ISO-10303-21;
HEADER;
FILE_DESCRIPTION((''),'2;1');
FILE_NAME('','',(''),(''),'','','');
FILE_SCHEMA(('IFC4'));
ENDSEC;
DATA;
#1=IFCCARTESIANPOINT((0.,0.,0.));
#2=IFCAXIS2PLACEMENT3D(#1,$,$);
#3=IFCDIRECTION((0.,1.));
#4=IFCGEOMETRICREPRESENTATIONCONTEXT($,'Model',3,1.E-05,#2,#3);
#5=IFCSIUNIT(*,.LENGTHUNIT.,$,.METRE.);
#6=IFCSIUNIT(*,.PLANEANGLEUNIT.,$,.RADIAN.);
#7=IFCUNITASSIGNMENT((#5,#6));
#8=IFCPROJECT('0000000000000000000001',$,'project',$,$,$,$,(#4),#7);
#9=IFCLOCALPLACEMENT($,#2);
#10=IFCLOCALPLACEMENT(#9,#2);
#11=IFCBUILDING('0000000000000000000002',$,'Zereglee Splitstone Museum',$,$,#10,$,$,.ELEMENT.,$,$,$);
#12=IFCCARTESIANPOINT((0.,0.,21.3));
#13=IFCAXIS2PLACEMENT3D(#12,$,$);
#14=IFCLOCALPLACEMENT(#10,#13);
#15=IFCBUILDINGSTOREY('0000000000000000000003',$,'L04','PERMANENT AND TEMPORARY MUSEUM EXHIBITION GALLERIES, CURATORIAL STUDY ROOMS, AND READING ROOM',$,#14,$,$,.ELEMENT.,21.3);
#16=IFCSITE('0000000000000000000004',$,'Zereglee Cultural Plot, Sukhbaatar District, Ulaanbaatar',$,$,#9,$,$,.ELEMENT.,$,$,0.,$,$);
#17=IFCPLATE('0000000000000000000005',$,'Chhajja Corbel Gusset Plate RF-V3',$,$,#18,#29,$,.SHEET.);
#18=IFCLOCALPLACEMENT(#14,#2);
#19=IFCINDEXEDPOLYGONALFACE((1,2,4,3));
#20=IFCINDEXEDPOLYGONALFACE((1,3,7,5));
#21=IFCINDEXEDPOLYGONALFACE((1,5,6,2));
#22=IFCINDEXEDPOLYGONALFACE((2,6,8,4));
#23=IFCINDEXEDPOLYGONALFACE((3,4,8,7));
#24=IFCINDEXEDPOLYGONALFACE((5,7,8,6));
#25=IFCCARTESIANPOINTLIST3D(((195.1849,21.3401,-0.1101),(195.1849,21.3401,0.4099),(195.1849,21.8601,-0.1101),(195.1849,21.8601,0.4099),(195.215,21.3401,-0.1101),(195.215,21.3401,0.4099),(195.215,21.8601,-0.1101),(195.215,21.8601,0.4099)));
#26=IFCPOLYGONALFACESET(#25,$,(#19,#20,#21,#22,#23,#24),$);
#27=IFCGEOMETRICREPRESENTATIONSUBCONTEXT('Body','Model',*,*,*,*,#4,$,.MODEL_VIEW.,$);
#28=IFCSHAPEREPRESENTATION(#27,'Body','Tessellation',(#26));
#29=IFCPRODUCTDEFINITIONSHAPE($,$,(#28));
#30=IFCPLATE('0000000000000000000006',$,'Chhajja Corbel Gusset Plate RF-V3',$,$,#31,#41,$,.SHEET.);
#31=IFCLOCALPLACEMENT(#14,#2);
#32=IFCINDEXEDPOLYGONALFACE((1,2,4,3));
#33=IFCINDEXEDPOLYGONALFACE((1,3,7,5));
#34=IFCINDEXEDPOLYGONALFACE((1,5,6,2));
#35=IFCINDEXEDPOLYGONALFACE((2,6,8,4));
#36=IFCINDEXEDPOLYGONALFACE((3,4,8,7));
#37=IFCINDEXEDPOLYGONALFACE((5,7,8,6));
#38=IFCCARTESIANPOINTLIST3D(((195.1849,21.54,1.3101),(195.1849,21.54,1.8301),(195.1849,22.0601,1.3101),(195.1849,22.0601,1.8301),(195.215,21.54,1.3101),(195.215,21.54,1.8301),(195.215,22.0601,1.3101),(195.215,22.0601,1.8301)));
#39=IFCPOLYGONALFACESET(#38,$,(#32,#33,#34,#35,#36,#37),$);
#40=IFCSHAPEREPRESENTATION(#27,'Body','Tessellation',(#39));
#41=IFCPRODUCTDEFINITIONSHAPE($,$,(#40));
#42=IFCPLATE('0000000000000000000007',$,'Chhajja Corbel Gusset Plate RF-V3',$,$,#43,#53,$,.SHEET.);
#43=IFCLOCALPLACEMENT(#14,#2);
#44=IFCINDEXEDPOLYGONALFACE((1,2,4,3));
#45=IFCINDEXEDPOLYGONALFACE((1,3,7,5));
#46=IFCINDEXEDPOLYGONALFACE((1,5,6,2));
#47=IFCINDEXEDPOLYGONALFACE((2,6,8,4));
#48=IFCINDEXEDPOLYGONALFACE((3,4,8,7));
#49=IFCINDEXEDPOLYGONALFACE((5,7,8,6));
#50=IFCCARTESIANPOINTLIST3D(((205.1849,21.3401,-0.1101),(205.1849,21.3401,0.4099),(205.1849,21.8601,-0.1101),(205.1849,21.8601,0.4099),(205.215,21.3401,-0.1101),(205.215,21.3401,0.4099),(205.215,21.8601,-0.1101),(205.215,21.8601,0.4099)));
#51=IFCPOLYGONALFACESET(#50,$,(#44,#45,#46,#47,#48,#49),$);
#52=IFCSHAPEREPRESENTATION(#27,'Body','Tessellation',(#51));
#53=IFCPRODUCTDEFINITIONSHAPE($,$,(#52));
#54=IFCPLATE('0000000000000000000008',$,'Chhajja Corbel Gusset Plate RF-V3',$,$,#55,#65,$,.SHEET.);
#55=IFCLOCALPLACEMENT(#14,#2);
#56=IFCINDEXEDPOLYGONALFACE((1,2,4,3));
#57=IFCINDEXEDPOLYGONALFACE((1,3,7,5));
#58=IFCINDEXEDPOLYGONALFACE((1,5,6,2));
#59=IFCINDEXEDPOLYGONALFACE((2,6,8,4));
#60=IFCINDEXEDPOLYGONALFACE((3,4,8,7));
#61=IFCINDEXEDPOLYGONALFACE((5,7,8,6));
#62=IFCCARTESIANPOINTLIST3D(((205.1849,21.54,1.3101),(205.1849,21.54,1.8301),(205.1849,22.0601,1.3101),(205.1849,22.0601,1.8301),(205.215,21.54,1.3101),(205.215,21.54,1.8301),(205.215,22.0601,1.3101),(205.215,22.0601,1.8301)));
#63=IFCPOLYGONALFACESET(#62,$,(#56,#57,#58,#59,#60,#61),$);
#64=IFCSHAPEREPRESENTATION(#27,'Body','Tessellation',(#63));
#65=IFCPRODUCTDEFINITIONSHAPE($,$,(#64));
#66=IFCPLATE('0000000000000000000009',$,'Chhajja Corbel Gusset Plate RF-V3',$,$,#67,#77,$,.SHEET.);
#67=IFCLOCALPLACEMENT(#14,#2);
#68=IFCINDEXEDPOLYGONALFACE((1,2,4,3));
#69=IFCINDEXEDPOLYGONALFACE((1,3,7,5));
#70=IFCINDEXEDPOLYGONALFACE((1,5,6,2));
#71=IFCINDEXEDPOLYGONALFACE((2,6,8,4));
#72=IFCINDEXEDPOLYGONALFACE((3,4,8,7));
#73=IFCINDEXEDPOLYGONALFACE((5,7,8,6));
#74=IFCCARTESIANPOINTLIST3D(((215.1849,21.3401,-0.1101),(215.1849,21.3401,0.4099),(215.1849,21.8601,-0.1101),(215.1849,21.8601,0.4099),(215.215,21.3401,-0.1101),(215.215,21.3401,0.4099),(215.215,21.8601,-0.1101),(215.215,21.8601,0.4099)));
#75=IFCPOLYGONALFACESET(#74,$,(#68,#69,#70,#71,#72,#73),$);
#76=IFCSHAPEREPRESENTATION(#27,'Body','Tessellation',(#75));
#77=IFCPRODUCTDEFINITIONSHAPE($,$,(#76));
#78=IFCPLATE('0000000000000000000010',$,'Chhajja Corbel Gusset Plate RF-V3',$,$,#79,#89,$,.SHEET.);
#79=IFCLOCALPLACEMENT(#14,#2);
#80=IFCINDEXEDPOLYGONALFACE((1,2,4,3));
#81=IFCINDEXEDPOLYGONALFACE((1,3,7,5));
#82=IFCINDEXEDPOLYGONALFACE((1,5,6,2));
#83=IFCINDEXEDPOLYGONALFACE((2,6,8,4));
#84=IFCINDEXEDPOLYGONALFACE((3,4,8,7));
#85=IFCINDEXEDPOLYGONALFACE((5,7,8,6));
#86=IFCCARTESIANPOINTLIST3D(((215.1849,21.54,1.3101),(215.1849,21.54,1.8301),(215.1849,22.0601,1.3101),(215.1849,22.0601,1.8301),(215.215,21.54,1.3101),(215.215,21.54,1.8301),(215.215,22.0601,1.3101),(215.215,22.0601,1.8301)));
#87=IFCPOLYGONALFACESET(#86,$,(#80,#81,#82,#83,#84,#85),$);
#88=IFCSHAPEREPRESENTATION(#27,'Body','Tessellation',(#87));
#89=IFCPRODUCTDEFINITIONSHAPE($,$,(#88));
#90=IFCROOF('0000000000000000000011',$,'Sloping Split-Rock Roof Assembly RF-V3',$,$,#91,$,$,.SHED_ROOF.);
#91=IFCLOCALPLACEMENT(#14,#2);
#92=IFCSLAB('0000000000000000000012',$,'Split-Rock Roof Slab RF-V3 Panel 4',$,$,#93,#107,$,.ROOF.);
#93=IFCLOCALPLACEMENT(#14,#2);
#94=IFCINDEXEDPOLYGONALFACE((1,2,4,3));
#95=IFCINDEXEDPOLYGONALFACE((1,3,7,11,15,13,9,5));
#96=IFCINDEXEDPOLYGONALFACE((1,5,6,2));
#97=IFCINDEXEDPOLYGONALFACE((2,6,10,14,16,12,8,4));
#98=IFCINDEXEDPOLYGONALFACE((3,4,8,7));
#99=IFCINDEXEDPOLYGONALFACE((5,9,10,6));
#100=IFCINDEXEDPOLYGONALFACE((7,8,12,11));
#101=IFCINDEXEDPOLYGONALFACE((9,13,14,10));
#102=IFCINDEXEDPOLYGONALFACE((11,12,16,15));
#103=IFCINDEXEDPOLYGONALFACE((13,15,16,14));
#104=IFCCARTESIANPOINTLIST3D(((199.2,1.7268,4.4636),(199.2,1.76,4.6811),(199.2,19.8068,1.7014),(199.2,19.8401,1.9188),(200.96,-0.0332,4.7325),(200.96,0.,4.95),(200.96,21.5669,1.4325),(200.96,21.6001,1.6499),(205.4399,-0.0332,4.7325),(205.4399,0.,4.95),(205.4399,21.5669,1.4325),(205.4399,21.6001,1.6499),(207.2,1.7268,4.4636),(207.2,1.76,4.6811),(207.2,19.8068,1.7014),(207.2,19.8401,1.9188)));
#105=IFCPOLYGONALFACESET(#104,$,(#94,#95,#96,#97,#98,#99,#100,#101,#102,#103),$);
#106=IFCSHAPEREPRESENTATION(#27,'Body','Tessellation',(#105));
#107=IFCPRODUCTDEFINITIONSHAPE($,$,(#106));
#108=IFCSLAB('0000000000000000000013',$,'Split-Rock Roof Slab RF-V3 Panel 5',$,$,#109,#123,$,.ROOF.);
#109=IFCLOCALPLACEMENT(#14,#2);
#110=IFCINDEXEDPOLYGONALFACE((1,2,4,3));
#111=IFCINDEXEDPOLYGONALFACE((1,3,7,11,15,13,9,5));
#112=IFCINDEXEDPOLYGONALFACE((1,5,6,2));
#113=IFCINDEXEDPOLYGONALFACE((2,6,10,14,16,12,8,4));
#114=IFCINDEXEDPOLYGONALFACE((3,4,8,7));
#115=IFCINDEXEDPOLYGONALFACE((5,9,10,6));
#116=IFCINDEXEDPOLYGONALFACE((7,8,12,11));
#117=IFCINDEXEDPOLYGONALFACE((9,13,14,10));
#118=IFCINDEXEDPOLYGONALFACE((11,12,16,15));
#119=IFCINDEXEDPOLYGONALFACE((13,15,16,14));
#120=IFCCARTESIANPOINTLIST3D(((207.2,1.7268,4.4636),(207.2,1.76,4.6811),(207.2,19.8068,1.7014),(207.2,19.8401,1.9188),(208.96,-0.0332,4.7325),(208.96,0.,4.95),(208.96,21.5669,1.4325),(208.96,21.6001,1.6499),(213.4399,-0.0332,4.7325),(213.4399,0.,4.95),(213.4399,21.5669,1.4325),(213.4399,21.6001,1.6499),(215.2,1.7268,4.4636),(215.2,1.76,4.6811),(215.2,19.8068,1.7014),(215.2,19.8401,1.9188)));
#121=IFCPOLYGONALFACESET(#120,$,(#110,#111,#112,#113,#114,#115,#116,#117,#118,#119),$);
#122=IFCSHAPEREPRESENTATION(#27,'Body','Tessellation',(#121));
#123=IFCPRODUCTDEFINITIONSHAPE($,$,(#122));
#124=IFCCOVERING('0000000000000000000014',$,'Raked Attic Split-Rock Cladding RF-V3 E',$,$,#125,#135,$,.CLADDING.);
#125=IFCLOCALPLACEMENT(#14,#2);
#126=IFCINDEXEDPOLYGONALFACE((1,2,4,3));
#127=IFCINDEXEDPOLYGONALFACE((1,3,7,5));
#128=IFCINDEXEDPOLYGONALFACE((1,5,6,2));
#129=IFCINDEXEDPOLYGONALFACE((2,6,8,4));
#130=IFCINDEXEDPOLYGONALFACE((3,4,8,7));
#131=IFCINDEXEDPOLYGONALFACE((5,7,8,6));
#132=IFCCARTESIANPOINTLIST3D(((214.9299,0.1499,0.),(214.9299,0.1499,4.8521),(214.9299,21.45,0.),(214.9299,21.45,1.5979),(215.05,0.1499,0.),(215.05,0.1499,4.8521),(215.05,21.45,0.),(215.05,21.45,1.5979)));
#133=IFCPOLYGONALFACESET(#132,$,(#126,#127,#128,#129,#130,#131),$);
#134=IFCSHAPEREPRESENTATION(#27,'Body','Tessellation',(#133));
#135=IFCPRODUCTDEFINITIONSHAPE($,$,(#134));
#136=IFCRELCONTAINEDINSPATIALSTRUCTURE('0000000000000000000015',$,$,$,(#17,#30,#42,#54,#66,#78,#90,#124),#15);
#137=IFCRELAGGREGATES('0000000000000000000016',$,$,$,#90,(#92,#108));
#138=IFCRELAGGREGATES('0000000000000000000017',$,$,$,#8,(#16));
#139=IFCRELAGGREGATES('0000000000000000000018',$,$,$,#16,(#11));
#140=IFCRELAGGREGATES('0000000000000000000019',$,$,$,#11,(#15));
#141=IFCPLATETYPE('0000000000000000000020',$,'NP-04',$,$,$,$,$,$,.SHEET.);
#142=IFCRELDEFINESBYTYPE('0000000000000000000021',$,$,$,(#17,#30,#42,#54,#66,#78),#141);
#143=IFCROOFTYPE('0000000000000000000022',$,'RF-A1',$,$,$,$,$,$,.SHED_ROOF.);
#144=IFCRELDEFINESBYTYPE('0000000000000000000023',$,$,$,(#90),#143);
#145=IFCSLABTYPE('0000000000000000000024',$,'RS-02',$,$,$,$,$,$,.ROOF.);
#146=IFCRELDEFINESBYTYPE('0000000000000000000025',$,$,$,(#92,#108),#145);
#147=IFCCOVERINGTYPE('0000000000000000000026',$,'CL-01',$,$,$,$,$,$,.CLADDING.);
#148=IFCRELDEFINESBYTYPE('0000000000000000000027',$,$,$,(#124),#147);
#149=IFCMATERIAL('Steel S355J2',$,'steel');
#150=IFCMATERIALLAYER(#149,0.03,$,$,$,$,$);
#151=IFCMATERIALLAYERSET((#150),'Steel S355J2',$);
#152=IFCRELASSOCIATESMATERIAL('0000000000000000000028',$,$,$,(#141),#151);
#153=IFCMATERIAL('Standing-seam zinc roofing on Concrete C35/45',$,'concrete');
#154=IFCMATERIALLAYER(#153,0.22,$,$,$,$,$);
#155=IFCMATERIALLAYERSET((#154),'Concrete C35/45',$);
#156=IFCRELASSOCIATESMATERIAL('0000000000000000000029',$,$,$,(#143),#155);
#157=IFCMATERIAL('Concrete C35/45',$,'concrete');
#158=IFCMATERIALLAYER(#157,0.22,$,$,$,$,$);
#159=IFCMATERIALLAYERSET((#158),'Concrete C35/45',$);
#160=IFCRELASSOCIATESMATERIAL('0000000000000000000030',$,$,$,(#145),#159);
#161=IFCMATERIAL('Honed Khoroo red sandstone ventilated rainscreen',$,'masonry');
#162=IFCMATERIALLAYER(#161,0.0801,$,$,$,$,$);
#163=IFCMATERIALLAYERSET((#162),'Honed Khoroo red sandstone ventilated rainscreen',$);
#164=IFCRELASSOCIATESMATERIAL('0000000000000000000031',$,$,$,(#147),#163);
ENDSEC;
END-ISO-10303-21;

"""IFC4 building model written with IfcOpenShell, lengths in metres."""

from ifc_helpers import new_model, si_unit, direction, frame, origin, origin_2d, place, context, subcontext, project, spatial, polyline, rectangle, outline, extrude, material, layer, layer_set, type_object, element, aggregate, save


model = new_model("IFC4")

# Units and contexts
model_context = context("Model", 3, precision=1e-05, world=origin(), true_north=direction((0.0, 1.0)))
body_context = subcontext(model_context, "Body", "Model", "MODEL_VIEW")
ifc_project = project(units=[si_unit("LENGTHUNIT", "METRE"), si_unit("PLANEANGLEUNIT", "RADIAN")], contexts=[model_context])

# Site, building, storey
site_placement = place(None, origin())
site = spatial("IfcSite", under=ifc_project, at=site_placement, Name="Zereglee Cultural Plot, Sukhbaatar District, Ulaanbaatar", CompositionType="ELEMENT", RefElevation=0.0)
building_placement = place(site_placement, origin())
building = spatial("IfcBuilding", under=site, at=building_placement, Name="Zereglee Splitstone Museum", CompositionType="ELEMENT")
storey_placement = place(building_placement, frame((0.0, 0.0, 21.3)))
storey = spatial("IfcBuildingStorey", under=building, at=storey_placement, Name="L04", Description="PERMANENT AND TEMPORARY MUSEUM EXHIBITION GALLERIES, CURATORIAL STUDY ROOMS, AND READING ROOM", CompositionType="ELEMENT", Elevation=21.3)

# Shared definitions
ifc_material_1 = material(Name="Steel S355J2", Category="steel")

# Plates
ifc_layer_1 = layer(ifc_material_1, 0.03)
ifc_layer_set_1 = layer_set([ifc_layer_1], Name="Steel S355J2")
plate_type = type_object("IfcPlateType", Name="NP-04", PredefinedType="SHEET", material=ifc_layer_set_1)
for number, where, z_axis, x_axis, name in (
    (1, (195.2, 21.6001, -0.1101), (0.0, 0.0, 1.0), (1.0, 0.0, 0.0), "Chhajja Corbel Gusset Plate RF-V3"),
    (2, (195.2, 21.8, 1.3101), (0.0, 0.0, 1.0), (1.0, 0.0, 0.0), "Chhajja Corbel Gusset Plate RF-V3"),
    (3, (205.2, 21.6001, -0.1101), (0.0, 0.0, 1.0), (1.0, 0.0, 0.0), "Chhajja Corbel Gusset Plate RF-V3"),
    (4, (205.2, 21.8, 1.3101), (0.0, 0.0, 1.0), (1.0, 0.0, 0.0), "Chhajja Corbel Gusset Plate RF-V3"),
    (5, (215.2, 21.6001, -0.1101), (0.0, 0.0, 1.0), (1.0, 0.0, 0.0), "Chhajja Corbel Gusset Plate RF-V3"),
    (6, (215.2, 21.8, 1.3101), (0.0, 0.0, 1.0), (1.0, 0.0, 0.0), "Chhajja Corbel Gusset Plate RF-V3"),
):
    element("IfcPlate", number, at=place(storey_placement, frame(where, z_axis=z_axis, x_axis=x_axis)), inside=storey, type_object=plate_type, Name=name, PredefinedType="SHEET", context=body_context, shape_type="SweptSolid", body=[
        extrude(rectangle(XDim=0.03, YDim=0.52, at=origin_2d()), origin(), (0.0, 0.0, 1.0), 0.52),
    ])

# Roof, slabs
ifc_material_2 = material(Name="Standing-seam zinc roofing on Concrete C35/45", Category="concrete")
ifc_layer_2 = layer(ifc_material_2, 0.22)
ifc_layer_set_2 = layer_set([ifc_layer_2], Name="Concrete C35/45")
roof_type = type_object("IfcRoofType", Name="RF-A1", PredefinedType="SHED_ROOF", material=ifc_layer_set_2)
roof_placement = place(storey_placement, origin())
roof = element("IfcRoof", 7, at=roof_placement, inside=storey, type_object=roof_type, Name="Sloping Split-Rock Roof Assembly RF-V3", PredefinedType="SHED_ROOF")
ifc_material_3 = material(Name="Concrete C35/45", Category="concrete")
ifc_layer_3 = layer(ifc_material_3, 0.22)
ifc_layer_set_3 = layer_set([ifc_layer_3], Name="Concrete C35/45")
slab_type = type_object("IfcSlabType", Name="RS-02", PredefinedType="ROOF", material=ifc_layer_set_3)
slab_1_placement = place(storey_placement, frame((200.96, 0.0, 4.95), z_axis=(0.0, 0.151026, 0.98853), x_axis=(1.0, 0.0, 0.0)))
slab_1 = element("IfcSlab", 8, at=slab_1_placement, type_object=slab_type, Name="Split-Rock Roof Slab RF-V3 Panel 4", PredefinedType="ROOF", context=body_context, shape_type="SweptSolid", body=[
    extrude(outline(polyline([(0.0, 0.0), (4.48, 0.0), (6.24, 1.7804), (6.24, 20.0703), (4.48, 21.8507), (0.0, 21.8507), (-1.76, 20.0703), (-1.76, 1.7804), (0.0, 0.0)])), origin(), (0.0, 0.0, -1.0), 0.22),
])
slab_2_placement = place(storey_placement, frame((208.96, 0.0, 4.95), z_axis=(0.0, 0.151026, 0.98853), x_axis=(1.0, 0.0, 0.0)))
slab_2 = element("IfcSlab", 9, at=slab_2_placement, type_object=slab_type, Name="Split-Rock Roof Slab RF-V3 Panel 5", PredefinedType="ROOF", context=body_context, shape_type="SweptSolid", body=[
    extrude(outline(polyline([(0.0, 0.0), (4.48, 0.0), (6.24, 1.7804), (6.24, 20.0703), (4.48, 21.8507), (0.0, 21.8507), (-1.76, 20.0703), (-1.76, 1.7804), (0.0, 0.0)])), origin(), (0.0, 0.0, -1.0), 0.22),
])
aggregate(roof, [slab_1, slab_2])

# Covering
ifc_material_4 = material(Name="Honed Khoroo red sandstone ventilated rainscreen", Category="masonry")
ifc_layer_4 = layer(ifc_material_4, 0.0801)
ifc_layer_set_4 = layer_set([ifc_layer_4], Name="Honed Khoroo red sandstone ventilated rainscreen")
covering_type = type_object("IfcCoveringType", Name="CL-01", PredefinedType="CLADDING", material=ifc_layer_set_4)
covering_placement = place(storey_placement, frame((215.05, 0.1499, 0.0), z_axis=(1.0, 0.0, 0.0), x_axis=(0.0, 1.0, 0.0)))
element("IfcCovering", 10, at=covering_placement, inside=storey, type_object=covering_type, Name="Raked Attic Split-Rock Cladding RF-V3 E", PredefinedType="CLADDING", context=body_context, shape_type="SweptSolid", body=[
    extrude(outline(polyline([(0.0, 0.0), (21.3, 0.0), (21.3, 1.5979), (0.0, 4.8521), (0.0, 0.0)])), origin(), (0.0, 0.0, -1.0), 0.1201),
])

save(model, "model.ifc")
